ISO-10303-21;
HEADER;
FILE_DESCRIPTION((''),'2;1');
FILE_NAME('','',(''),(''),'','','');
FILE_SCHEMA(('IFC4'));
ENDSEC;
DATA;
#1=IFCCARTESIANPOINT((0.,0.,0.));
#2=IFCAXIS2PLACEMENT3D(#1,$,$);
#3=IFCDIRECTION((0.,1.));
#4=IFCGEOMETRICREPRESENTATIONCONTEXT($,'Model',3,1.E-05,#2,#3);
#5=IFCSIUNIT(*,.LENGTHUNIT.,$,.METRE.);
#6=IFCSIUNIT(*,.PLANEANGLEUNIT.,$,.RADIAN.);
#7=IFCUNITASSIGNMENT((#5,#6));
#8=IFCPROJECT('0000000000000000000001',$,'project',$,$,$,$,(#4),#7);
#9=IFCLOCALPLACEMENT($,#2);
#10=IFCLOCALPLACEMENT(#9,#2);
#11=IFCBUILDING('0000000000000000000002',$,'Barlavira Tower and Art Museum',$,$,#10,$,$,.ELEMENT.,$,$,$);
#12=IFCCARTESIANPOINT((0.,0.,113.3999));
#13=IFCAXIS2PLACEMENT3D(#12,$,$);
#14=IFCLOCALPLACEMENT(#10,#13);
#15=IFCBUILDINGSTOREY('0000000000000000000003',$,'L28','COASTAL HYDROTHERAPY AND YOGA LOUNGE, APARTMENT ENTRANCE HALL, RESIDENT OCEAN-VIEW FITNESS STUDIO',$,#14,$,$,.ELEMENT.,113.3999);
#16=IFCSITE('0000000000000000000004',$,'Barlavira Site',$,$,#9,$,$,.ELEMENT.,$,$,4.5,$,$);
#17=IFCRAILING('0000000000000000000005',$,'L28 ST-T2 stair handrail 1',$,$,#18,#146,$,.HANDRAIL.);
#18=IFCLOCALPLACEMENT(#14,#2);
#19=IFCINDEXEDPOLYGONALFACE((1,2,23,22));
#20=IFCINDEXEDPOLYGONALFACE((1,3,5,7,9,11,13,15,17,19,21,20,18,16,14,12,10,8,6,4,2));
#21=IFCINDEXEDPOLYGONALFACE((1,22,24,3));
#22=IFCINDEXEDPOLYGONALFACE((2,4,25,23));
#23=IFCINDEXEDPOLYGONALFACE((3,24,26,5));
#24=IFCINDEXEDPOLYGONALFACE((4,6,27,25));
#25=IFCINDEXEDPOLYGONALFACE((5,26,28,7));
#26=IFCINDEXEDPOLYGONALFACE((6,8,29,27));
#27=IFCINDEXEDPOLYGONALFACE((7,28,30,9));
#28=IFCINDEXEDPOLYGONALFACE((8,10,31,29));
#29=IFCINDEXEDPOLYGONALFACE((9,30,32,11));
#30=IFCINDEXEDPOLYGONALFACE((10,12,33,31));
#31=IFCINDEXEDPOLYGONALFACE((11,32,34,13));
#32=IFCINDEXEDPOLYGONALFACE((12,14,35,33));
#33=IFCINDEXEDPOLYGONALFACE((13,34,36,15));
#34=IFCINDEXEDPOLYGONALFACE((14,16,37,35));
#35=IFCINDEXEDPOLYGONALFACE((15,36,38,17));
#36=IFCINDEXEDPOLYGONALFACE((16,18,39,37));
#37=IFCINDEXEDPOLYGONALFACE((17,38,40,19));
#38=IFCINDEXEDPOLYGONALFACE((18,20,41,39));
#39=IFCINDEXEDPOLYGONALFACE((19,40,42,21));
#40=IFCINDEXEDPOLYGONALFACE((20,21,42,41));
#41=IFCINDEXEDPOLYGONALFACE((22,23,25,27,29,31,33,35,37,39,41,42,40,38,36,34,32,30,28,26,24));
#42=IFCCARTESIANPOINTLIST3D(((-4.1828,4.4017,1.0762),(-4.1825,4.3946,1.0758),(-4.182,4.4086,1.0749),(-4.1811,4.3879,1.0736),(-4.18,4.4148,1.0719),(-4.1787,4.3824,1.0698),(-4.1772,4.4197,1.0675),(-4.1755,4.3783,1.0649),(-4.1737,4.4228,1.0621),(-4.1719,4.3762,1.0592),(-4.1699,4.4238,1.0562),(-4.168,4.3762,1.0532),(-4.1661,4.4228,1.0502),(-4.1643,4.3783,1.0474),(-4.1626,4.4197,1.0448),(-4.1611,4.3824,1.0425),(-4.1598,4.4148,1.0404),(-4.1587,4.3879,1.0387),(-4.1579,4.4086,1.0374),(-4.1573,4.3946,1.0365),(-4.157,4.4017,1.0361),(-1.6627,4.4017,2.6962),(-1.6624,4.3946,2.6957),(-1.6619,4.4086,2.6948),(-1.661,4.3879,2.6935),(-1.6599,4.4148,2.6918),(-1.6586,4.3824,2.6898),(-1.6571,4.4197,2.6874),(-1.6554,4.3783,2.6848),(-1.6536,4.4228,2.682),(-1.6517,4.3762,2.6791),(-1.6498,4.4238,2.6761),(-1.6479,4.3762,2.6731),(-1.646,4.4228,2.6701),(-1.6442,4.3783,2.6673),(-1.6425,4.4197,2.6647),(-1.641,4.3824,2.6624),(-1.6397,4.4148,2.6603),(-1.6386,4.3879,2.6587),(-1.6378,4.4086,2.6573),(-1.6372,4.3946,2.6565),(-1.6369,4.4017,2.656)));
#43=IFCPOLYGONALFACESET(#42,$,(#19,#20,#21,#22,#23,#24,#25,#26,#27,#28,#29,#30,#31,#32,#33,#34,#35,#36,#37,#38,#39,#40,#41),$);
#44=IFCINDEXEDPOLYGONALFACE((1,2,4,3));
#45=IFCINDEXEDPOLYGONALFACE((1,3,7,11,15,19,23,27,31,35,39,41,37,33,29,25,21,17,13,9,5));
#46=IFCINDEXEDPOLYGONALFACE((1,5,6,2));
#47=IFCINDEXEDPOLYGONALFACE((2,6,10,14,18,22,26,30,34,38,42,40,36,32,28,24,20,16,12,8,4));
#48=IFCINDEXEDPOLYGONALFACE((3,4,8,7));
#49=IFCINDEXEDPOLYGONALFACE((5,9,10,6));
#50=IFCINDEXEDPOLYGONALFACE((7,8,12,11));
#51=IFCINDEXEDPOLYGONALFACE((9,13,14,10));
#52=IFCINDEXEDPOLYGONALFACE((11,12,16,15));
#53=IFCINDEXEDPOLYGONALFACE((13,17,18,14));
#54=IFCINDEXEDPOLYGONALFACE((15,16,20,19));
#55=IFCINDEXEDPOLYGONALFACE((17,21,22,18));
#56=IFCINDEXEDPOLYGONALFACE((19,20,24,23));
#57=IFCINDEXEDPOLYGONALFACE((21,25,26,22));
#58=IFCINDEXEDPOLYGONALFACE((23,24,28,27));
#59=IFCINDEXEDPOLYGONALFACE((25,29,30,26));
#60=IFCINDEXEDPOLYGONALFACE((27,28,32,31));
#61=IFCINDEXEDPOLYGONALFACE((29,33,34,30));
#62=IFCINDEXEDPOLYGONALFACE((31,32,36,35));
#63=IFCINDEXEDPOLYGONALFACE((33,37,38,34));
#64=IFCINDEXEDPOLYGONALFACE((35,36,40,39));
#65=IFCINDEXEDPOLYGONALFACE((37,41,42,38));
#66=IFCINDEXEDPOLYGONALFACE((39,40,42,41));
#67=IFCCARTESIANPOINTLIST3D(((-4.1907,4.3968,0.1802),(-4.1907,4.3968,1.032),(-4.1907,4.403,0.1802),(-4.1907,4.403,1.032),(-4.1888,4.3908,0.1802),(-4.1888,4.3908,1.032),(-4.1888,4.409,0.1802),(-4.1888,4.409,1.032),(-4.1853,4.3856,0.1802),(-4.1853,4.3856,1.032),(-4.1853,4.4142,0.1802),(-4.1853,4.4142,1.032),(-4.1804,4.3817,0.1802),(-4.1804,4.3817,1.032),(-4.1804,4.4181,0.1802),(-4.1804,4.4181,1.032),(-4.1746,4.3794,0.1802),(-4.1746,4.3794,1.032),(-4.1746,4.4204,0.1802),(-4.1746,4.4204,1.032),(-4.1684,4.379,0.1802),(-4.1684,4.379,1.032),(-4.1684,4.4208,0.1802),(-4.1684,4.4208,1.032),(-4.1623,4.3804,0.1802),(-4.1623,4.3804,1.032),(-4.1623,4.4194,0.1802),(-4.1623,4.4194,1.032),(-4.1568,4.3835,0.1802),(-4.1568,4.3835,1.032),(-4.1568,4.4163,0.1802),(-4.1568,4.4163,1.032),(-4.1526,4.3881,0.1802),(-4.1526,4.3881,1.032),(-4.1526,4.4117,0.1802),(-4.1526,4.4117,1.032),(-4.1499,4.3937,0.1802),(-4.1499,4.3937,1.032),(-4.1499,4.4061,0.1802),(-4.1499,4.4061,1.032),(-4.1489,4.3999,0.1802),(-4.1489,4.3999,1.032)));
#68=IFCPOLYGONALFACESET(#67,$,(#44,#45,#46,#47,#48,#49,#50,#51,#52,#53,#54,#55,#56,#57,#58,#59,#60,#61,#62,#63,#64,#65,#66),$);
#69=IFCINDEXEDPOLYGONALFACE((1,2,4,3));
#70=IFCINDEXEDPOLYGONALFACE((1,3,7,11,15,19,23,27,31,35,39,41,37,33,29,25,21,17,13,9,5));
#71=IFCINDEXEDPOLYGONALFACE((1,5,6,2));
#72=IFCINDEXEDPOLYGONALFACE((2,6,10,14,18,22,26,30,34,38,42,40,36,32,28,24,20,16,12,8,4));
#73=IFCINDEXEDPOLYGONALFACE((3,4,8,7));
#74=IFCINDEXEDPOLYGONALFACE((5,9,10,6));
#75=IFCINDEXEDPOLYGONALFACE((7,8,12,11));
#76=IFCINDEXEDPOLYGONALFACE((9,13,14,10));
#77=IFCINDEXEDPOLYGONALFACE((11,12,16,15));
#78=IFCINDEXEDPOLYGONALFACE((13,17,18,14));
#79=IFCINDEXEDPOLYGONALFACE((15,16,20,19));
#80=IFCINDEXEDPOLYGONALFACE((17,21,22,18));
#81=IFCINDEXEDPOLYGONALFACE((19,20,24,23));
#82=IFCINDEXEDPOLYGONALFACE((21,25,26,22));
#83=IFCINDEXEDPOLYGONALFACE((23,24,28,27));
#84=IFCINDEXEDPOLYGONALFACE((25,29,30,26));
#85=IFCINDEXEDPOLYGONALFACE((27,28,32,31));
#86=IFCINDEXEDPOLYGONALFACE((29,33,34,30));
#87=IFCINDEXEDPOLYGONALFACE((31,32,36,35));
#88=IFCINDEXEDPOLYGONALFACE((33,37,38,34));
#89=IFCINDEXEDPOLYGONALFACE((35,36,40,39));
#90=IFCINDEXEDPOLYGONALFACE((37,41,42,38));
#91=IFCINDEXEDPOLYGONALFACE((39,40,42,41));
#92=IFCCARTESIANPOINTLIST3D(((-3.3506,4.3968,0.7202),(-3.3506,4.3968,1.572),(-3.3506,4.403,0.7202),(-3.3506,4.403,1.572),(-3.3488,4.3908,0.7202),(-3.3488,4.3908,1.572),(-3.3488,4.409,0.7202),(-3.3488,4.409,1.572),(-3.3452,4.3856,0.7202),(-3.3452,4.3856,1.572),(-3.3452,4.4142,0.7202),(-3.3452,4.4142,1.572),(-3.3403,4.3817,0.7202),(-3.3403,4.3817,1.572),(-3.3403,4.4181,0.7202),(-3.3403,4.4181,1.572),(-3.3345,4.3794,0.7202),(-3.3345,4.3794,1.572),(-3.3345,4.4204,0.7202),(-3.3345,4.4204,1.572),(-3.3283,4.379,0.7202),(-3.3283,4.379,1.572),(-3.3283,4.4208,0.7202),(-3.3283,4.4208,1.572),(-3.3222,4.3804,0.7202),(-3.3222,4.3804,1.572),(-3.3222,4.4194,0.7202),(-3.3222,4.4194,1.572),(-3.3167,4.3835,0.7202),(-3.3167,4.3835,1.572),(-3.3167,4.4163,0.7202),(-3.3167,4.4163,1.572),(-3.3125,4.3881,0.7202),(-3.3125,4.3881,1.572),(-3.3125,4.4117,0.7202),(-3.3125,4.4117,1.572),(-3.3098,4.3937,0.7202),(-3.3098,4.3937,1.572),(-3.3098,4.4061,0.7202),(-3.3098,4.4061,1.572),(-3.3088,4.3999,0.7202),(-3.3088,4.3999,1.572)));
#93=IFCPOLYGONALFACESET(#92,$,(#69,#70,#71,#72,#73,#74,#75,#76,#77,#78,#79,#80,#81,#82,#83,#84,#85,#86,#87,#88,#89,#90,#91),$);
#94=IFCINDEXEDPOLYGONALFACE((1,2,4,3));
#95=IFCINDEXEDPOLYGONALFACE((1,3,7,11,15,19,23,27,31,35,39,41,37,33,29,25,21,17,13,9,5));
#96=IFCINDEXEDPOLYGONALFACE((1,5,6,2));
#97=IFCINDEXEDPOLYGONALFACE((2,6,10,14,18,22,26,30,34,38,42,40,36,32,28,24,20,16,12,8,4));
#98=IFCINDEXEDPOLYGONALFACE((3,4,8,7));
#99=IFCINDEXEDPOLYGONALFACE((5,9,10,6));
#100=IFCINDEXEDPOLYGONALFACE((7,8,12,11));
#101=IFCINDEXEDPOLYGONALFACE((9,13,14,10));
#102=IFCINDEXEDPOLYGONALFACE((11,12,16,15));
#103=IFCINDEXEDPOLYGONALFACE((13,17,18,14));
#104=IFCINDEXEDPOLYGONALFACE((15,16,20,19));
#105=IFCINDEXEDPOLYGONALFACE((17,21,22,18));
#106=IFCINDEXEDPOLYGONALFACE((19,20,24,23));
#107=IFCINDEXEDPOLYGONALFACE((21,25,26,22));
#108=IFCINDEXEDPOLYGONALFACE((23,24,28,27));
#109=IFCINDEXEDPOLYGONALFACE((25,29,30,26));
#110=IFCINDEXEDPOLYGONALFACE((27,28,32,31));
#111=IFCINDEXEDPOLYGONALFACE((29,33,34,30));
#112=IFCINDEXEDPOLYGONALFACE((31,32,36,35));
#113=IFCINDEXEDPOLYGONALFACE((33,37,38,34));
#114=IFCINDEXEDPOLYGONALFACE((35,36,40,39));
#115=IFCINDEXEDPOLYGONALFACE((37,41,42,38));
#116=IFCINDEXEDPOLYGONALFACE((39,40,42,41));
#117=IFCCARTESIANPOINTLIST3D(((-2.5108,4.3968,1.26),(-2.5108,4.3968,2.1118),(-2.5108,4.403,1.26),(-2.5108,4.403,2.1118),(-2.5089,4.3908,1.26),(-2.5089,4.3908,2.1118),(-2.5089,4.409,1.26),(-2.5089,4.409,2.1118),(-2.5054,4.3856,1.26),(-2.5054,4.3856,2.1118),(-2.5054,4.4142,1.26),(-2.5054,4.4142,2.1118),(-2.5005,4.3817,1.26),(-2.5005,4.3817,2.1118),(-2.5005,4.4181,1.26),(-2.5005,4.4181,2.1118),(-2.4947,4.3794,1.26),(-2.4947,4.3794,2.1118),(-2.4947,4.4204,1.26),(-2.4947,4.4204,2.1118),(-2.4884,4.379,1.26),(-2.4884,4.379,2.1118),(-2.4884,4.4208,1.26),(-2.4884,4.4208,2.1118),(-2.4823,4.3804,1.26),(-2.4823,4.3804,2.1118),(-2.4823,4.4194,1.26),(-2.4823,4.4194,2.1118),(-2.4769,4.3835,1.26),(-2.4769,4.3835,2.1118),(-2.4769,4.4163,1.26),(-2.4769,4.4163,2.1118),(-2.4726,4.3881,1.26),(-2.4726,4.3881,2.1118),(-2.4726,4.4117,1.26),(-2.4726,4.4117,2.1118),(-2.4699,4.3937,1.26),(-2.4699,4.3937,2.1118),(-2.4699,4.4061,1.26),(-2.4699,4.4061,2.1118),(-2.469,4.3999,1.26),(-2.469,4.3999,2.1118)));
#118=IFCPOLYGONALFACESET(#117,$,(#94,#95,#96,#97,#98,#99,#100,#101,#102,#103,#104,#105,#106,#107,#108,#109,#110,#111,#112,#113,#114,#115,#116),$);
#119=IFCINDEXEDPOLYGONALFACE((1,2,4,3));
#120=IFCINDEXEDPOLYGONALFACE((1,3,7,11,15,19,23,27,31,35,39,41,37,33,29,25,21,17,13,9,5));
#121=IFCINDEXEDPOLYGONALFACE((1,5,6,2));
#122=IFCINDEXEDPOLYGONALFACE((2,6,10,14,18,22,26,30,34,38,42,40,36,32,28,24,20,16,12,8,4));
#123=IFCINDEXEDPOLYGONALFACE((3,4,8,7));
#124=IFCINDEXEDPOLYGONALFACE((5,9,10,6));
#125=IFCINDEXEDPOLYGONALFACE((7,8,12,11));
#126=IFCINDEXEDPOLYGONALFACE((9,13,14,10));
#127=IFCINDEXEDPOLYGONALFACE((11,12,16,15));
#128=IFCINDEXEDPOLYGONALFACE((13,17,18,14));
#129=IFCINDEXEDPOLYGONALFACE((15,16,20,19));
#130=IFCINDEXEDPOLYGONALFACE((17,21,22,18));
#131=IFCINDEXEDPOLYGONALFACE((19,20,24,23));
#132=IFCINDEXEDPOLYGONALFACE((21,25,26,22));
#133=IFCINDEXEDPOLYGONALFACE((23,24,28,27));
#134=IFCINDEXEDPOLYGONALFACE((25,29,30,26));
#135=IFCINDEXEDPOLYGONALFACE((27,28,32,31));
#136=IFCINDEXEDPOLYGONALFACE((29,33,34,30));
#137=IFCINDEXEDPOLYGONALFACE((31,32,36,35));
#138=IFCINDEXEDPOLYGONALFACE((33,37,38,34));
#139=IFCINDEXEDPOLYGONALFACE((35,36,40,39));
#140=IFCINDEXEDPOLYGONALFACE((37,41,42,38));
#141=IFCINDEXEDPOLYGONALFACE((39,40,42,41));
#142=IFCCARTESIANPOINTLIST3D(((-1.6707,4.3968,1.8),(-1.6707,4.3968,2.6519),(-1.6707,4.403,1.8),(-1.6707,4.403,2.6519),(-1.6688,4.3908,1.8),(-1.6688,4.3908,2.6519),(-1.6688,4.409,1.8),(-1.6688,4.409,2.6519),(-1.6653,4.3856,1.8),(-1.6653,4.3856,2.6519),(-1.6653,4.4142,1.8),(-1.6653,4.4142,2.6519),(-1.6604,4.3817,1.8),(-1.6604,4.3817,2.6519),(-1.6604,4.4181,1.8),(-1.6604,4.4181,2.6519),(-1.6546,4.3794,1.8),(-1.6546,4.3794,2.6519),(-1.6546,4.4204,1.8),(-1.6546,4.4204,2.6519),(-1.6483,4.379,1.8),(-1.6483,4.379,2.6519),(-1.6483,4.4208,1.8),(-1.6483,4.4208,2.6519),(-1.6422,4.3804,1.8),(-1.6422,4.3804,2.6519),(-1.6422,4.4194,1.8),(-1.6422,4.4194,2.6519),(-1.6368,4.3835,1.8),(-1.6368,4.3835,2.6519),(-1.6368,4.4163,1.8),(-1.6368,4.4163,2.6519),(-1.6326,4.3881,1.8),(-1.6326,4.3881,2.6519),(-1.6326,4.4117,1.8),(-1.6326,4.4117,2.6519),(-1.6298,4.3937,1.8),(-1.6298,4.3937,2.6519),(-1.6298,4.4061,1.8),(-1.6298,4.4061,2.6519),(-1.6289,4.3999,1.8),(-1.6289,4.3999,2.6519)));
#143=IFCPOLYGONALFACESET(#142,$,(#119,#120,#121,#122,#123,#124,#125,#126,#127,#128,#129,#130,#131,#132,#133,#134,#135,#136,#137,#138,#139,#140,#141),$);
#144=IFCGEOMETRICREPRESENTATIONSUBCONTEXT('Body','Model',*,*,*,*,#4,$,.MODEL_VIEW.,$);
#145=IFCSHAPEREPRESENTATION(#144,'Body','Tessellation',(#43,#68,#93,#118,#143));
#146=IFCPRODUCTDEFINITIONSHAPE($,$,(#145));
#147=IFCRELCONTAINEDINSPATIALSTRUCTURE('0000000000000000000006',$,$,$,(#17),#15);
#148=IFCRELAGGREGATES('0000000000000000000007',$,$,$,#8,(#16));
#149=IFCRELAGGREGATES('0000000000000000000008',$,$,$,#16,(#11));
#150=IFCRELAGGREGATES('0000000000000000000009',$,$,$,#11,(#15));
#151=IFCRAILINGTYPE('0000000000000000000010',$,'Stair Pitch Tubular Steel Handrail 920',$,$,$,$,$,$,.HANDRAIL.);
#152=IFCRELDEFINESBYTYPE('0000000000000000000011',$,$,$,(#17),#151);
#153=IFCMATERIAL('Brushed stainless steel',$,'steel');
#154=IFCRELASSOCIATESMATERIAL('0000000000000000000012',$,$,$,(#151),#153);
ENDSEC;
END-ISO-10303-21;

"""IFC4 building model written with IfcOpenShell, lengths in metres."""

from ifc_helpers import new_model, si_unit, direction, frame, origin, origin_2d, place, context, subcontext, project, spatial, circle, extrude, material, type_object, element, save


model = new_model("IFC4")

# Units and contexts
model_context = context("Model", 3, precision=1e-05, world=origin(), true_north=direction((0.0, 1.0)))
body_context = subcontext(model_context, "Body", "Model", "MODEL_VIEW")
ifc_project = project(units=[si_unit("LENGTHUNIT", "METRE"), si_unit("PLANEANGLEUNIT", "RADIAN")], contexts=[model_context])

# Site, building, storey
site_placement = place(None, origin())
site = spatial("IfcSite", under=ifc_project, at=site_placement, Name="Barlavira Site", CompositionType="ELEMENT", RefElevation=4.5)
building_placement = place(site_placement, origin())
building = spatial("IfcBuilding", under=site, at=building_placement, Name="Barlavira Tower and Art Museum", CompositionType="ELEMENT")
storey_placement = place(building_placement, frame((0.0, 0.0, 113.3999)))
storey = spatial("IfcBuildingStorey", under=building, at=storey_placement, Name="L28", Description="COASTAL HYDROTHERAPY AND YOGA LOUNGE, APARTMENT ENTRANCE HALL, RESIDENT OCEAN-VIEW FITNESS STUDIO", CompositionType="ELEMENT", Elevation=113.3999)

# Shared definitions
ifc_material_1 = material(Name="Brushed stainless steel", Category="steel")

# Railing
railing_type_1 = type_object("IfcRailingType", Name="Stair Pitch Tubular Steel Handrail 920", PredefinedType="HANDRAIL", material=ifc_material_1)
railing_1_placement = place(storey_placement, frame((-4.1699, 4.3999, 0.1802)))
element("IfcRailing", 1, at=railing_1_placement, inside=storey, type_object=railing_type_1, Name="L28 ST-T2 stair handrail 1", PredefinedType="HANDRAIL", context=body_context, shape_type="SweptSolid", body=[
    extrude(circle(Radius=0.0239, at=origin_2d()), frame((0.0, 0.0, 0.876), z_axis=(0.8412, 0.0, 0.540725), x_axis=(0.0, 1.0, 0.0)), (0.0, 0.0, 1.0), 2.9958),
    extrude(circle(Radius=0.021, at=origin_2d()), origin(), (0.0, 0.0, 1.0), 0.8518),
    extrude(circle(Radius=0.021, at=origin_2d()), frame((0.8401, 0.0, 0.54)), (0.0, 0.0, 1.0), 0.8518),
    extrude(circle(Radius=0.021, at=origin_2d()), frame((1.6799, 0.0, 1.0798)), (0.0, 0.0, 1.0), 0.8518),
    extrude(circle(Radius=0.021, at=origin_2d()), frame((2.52, 0.0, 1.6199)), (0.0, 0.0, 1.0), 0.8518),
])

save(model, "model.ifc")
